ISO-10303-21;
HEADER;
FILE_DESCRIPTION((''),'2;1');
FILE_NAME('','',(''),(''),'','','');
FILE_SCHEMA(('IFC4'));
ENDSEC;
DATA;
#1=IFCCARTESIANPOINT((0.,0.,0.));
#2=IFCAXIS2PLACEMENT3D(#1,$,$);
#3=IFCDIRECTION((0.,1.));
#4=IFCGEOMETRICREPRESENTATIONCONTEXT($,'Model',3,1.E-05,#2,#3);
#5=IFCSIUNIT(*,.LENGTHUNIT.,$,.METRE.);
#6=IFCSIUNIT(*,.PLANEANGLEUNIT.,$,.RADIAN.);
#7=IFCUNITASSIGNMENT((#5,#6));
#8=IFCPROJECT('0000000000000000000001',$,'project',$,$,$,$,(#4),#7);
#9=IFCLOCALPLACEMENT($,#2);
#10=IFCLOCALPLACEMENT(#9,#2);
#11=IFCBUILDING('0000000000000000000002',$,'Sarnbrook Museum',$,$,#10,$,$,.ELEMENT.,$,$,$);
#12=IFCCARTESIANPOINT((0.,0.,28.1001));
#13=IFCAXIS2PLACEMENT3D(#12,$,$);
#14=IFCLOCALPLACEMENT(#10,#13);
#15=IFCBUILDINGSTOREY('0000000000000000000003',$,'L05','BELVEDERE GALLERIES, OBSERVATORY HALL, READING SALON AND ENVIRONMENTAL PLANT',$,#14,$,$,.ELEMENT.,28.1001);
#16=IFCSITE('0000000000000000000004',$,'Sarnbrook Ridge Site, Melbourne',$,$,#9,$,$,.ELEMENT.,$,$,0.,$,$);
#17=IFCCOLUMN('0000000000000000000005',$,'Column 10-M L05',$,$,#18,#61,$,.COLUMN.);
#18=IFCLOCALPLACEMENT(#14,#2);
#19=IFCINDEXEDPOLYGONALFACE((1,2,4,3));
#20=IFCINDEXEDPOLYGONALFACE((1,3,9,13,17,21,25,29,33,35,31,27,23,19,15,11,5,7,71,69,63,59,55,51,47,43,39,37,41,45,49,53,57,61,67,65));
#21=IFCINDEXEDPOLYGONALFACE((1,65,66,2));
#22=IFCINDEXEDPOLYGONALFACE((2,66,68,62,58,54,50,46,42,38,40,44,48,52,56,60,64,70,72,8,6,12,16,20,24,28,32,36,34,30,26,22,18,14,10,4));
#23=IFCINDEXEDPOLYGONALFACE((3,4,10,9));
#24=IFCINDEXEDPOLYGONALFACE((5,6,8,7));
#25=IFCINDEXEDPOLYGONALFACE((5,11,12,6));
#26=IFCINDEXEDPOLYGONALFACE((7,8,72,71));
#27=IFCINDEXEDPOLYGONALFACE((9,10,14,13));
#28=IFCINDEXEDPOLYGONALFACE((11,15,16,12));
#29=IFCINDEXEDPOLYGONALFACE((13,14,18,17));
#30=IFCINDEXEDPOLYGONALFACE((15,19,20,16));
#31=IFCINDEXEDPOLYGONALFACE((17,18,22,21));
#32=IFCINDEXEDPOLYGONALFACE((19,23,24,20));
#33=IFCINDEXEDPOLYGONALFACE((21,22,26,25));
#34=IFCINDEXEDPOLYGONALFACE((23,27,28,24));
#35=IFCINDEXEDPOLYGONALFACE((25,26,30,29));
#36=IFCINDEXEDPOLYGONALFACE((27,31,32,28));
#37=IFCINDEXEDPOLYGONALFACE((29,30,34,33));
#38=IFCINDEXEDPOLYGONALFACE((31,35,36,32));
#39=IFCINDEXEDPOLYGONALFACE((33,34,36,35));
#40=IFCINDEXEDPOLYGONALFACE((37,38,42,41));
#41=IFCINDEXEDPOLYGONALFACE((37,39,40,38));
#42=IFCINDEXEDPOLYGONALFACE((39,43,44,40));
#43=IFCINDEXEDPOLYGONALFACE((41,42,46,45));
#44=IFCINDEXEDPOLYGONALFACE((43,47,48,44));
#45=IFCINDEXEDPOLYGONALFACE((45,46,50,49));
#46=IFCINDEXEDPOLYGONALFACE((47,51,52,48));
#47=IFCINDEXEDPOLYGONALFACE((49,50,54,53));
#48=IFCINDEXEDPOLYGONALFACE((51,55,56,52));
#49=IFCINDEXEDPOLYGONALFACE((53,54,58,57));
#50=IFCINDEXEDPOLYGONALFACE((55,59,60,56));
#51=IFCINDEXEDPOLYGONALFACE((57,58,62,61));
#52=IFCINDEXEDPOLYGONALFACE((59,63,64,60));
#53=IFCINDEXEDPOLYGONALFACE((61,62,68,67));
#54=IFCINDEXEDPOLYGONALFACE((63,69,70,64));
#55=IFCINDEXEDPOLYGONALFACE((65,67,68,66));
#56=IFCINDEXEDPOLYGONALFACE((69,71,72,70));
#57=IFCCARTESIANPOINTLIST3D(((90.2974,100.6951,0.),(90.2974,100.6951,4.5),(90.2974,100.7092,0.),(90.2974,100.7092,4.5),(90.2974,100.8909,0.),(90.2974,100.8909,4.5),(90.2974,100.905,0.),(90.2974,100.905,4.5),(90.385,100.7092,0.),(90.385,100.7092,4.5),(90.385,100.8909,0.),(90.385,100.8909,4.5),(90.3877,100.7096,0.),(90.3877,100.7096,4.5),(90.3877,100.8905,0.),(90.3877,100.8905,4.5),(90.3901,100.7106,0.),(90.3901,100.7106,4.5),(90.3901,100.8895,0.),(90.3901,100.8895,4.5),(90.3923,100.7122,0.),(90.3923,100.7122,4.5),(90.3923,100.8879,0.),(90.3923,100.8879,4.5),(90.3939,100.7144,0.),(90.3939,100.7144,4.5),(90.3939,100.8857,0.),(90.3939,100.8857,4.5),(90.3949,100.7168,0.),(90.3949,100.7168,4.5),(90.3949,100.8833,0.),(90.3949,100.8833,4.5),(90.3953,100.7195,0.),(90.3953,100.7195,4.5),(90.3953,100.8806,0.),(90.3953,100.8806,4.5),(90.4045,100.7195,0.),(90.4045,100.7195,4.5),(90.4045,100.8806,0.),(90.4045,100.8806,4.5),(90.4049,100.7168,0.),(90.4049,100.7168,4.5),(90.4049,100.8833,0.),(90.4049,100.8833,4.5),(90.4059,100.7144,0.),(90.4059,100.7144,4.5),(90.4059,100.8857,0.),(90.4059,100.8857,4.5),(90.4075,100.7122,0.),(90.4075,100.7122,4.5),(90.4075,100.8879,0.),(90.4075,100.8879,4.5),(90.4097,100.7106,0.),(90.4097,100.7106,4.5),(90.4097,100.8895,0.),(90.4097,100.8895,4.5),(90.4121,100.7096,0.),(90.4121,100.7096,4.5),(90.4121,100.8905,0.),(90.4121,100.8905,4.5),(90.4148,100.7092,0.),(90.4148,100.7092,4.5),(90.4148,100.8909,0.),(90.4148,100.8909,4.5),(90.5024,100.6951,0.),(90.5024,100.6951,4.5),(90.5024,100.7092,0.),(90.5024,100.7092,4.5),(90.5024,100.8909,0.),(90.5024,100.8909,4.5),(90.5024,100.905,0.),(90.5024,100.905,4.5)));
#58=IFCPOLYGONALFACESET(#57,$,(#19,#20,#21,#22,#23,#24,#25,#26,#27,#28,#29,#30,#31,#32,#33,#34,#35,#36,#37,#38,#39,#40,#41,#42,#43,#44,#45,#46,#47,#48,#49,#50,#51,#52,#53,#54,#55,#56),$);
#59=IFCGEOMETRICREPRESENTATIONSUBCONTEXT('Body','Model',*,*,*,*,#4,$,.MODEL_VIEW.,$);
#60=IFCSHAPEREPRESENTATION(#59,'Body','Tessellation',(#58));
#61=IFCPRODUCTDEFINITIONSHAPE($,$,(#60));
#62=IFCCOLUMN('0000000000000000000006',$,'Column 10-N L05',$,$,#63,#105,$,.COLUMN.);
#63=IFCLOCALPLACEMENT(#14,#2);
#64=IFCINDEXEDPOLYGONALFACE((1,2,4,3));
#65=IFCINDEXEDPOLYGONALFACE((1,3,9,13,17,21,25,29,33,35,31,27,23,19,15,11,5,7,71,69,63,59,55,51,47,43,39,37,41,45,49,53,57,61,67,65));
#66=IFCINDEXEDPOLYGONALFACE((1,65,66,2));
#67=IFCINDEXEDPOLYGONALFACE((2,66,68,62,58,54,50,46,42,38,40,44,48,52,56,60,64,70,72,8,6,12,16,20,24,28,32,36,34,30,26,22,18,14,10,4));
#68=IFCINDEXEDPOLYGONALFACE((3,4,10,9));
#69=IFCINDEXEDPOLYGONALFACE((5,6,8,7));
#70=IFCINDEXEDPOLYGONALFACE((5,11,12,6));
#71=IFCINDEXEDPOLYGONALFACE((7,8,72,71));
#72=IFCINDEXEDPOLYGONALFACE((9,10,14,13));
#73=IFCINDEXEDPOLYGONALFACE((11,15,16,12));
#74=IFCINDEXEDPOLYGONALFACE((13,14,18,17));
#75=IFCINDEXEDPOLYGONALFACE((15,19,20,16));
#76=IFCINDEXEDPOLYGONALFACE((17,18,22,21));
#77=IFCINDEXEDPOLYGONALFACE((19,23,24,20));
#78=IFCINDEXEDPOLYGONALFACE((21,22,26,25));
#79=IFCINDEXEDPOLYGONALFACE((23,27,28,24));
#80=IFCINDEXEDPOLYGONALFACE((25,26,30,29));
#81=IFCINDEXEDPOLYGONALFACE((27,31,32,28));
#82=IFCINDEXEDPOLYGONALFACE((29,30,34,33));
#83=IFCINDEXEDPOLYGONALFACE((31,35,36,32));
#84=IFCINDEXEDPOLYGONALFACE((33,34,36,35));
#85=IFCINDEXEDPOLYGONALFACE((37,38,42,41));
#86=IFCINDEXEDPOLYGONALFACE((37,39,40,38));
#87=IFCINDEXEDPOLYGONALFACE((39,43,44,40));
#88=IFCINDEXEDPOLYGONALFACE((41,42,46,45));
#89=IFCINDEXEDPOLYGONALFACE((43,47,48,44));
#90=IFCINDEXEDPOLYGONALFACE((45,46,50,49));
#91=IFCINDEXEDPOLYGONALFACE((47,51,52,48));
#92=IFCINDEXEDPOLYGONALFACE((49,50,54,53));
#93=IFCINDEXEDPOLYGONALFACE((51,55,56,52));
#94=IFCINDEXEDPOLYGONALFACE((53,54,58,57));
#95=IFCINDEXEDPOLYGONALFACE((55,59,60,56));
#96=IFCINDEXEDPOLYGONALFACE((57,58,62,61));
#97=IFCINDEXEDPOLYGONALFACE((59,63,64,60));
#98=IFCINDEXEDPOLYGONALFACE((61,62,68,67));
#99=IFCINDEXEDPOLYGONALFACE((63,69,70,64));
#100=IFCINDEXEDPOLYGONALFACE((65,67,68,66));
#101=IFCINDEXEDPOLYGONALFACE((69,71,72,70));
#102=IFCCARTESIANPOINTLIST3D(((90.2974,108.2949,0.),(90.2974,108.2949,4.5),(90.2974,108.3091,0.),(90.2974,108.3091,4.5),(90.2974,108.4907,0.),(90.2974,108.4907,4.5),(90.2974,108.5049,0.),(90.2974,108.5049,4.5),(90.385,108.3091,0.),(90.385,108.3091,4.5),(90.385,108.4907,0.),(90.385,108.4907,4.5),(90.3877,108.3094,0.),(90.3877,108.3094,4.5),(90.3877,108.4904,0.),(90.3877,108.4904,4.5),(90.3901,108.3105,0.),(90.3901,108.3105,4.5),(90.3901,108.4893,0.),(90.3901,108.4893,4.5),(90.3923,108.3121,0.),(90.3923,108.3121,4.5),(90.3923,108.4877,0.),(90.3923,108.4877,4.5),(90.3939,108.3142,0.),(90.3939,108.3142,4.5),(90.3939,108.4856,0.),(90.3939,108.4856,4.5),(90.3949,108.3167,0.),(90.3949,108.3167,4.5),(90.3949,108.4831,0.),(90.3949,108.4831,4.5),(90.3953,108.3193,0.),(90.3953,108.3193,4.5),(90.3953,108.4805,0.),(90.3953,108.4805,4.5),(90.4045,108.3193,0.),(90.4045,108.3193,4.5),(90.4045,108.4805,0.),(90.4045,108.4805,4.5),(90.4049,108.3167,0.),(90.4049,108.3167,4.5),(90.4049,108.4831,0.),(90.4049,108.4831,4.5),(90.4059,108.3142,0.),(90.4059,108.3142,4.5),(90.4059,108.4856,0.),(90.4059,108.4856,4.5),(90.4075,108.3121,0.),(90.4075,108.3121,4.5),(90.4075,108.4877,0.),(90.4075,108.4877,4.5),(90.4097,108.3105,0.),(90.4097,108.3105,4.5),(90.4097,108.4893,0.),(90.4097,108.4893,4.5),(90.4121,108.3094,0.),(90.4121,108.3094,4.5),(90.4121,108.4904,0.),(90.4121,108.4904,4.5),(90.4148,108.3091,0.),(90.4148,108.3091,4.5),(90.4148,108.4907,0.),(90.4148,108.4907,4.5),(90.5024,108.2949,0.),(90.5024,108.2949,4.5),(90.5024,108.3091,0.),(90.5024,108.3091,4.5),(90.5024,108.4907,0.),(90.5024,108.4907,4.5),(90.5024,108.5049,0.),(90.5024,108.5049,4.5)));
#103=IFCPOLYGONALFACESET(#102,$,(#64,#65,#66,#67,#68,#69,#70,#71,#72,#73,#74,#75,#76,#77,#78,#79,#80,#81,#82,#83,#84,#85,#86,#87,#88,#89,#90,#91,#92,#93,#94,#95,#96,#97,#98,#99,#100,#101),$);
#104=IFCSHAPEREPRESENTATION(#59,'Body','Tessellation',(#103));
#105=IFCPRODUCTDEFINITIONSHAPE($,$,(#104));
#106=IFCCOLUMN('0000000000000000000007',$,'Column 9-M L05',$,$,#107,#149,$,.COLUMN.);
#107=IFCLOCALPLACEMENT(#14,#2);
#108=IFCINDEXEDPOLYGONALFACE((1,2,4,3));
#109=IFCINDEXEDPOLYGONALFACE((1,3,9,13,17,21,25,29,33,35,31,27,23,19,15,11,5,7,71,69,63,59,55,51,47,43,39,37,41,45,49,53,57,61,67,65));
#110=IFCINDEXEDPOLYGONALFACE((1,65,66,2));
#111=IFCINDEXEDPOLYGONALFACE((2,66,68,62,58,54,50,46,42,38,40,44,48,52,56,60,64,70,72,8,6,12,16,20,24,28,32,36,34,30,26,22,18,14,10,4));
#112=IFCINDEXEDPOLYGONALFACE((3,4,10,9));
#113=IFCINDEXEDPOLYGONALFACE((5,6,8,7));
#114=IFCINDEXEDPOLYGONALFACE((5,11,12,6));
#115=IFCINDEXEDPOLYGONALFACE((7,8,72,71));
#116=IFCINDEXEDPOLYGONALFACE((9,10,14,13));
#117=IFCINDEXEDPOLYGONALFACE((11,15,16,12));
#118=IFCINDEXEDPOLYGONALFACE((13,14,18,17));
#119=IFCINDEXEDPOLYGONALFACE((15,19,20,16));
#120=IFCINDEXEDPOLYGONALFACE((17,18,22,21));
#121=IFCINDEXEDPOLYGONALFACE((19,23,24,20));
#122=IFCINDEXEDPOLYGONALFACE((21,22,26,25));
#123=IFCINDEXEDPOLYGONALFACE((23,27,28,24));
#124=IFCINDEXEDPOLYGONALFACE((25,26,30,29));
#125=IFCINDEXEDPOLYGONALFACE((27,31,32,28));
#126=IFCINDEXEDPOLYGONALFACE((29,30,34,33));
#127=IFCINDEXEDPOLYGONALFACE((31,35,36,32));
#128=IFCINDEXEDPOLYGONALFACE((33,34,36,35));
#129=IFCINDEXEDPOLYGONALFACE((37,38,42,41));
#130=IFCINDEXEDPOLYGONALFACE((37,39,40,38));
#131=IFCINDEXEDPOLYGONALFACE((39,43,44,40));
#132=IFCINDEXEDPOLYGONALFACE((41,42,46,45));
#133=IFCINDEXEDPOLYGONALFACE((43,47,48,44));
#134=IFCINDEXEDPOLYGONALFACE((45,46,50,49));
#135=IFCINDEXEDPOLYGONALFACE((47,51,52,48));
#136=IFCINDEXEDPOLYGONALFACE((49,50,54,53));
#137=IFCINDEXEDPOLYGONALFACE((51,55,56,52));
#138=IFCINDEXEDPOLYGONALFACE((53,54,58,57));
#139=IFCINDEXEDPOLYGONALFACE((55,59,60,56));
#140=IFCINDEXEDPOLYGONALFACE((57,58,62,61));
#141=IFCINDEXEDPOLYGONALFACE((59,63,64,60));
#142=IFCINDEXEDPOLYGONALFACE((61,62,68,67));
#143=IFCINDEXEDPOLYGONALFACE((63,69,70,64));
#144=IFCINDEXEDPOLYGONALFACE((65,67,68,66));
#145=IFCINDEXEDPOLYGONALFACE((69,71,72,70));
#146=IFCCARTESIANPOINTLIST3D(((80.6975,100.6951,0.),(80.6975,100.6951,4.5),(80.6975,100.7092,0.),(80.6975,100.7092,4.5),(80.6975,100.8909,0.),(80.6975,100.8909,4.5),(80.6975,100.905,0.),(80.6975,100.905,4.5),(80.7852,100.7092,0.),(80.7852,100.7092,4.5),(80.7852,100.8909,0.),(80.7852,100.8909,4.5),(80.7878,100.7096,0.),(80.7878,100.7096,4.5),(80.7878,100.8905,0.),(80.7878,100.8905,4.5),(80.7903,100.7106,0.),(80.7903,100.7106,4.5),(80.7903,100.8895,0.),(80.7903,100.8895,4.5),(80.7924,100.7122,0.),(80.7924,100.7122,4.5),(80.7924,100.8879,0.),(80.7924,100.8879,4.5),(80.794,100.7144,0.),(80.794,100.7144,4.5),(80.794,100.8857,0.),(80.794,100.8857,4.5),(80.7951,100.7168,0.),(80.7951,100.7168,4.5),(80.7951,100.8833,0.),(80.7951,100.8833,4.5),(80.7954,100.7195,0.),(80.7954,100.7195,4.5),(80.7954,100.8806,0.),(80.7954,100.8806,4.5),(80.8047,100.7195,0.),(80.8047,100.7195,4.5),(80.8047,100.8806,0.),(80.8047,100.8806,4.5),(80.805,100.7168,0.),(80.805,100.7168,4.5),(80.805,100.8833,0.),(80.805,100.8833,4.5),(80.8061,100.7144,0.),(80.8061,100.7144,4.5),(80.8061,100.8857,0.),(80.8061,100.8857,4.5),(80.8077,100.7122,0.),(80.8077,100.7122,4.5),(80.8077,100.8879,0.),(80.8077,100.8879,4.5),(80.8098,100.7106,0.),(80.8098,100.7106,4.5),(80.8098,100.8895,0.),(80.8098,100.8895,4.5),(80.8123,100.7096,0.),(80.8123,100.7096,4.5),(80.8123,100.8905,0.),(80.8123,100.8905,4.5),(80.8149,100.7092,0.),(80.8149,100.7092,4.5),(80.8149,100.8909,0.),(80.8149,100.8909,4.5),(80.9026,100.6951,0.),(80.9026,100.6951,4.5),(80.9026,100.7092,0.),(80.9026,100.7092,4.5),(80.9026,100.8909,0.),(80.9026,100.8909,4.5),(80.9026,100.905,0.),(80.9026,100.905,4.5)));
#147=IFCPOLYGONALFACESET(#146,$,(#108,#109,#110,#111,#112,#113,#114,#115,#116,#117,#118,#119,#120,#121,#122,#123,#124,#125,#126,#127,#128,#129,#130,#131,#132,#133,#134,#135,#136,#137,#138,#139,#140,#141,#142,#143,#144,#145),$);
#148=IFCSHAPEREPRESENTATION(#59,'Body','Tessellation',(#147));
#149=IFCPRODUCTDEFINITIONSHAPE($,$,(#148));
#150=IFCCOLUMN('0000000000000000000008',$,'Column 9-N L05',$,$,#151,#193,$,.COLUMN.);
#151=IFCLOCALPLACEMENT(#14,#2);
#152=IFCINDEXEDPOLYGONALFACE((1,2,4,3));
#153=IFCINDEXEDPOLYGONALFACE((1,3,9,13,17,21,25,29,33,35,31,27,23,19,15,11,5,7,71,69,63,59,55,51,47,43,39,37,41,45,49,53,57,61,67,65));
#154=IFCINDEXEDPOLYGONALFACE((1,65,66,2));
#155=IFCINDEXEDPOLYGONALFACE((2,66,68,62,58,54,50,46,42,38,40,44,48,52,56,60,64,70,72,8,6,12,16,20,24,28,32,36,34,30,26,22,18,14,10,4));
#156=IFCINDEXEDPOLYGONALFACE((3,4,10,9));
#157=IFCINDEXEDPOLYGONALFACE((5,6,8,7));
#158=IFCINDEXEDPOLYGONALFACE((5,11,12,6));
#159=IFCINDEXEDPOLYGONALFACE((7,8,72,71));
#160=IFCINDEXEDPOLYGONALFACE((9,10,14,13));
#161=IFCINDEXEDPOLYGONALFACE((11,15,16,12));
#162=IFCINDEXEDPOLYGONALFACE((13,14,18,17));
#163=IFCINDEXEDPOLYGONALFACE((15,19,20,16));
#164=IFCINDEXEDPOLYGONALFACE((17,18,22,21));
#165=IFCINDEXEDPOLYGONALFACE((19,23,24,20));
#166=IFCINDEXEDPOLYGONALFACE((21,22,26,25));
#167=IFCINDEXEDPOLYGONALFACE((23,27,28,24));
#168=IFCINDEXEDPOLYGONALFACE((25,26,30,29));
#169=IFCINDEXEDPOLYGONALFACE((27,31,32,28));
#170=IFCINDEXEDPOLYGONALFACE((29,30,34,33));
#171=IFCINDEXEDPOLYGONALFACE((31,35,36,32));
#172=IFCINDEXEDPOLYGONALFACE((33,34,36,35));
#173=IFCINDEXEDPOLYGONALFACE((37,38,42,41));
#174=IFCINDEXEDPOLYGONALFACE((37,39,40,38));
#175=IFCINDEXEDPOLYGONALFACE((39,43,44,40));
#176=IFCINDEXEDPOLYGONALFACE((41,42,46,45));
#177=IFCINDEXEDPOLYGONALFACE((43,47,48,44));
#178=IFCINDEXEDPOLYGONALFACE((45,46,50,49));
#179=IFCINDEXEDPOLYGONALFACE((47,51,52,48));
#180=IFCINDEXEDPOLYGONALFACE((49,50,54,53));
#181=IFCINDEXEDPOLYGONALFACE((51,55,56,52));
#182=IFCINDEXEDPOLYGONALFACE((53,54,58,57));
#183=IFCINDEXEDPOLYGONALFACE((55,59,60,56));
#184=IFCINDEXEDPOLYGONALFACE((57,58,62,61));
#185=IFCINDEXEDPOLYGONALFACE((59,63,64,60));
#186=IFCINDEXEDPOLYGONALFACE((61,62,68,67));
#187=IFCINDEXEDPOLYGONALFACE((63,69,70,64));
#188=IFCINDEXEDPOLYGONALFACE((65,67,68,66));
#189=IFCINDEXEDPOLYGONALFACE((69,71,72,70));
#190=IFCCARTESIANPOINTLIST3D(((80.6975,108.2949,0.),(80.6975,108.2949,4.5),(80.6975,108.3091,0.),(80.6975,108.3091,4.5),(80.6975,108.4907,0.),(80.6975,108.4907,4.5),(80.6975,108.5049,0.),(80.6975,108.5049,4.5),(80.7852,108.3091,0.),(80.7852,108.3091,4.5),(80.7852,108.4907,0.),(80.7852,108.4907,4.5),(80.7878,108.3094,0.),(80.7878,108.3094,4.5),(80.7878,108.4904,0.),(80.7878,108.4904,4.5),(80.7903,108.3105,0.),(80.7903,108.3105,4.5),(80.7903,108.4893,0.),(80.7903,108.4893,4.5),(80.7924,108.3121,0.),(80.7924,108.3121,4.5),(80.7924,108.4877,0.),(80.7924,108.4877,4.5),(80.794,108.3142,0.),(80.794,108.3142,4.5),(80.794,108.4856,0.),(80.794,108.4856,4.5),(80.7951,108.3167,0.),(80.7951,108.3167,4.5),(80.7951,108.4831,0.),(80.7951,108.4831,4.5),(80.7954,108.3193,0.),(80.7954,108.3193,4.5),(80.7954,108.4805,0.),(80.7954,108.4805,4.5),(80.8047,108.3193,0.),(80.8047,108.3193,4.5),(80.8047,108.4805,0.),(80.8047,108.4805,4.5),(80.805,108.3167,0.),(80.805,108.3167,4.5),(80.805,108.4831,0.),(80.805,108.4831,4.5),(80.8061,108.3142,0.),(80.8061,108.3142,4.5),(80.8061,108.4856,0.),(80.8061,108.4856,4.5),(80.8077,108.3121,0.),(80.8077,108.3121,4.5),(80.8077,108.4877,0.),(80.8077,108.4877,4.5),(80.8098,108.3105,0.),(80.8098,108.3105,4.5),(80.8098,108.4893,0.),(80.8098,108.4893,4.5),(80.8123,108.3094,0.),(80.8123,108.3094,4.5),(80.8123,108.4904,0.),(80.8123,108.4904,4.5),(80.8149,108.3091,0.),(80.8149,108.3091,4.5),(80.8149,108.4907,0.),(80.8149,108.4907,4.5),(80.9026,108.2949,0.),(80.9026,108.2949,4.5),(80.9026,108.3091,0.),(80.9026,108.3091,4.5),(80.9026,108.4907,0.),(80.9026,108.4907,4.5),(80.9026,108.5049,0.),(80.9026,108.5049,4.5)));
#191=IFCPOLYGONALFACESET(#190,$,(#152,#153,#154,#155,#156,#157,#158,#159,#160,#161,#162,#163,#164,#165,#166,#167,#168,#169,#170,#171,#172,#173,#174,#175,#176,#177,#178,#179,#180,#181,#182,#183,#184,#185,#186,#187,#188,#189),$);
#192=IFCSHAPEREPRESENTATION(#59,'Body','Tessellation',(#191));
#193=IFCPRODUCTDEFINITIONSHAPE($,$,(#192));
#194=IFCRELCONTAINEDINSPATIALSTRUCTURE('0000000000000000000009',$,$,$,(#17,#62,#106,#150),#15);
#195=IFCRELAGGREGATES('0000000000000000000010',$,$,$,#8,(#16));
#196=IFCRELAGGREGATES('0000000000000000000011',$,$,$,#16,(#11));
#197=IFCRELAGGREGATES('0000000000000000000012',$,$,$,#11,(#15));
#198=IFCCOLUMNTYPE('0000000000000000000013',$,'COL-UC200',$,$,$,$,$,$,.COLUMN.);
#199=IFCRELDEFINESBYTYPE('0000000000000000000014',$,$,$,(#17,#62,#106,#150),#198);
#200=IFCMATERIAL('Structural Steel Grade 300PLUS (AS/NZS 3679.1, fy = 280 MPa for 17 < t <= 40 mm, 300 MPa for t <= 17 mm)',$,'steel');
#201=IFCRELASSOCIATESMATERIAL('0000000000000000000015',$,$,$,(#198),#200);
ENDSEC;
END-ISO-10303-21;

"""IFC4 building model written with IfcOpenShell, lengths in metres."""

from ifc_helpers import new_model, si_unit, direction, frame, origin, origin_2d, place, context, subcontext, project, spatial, i_section, extrude, material, material_profile, profile_set, type_object, element, save


model = new_model("IFC4")

# Units and contexts
model_context = context("Model", 3, precision=1e-05, world=origin(), true_north=direction((0.0, 1.0)))
body_context = subcontext(model_context, "Body", "Model", "MODEL_VIEW")
ifc_project = project(units=[si_unit("LENGTHUNIT", "METRE"), si_unit("PLANEANGLEUNIT", "RADIAN")], contexts=[model_context])

# Site, building, storey
site_placement = place(None, origin())
site = spatial("IfcSite", under=ifc_project, at=site_placement, Name="Sarnbrook Ridge Site, Melbourne", CompositionType="ELEMENT", RefElevation=0.0)
building_placement = place(site_placement, origin())
building = spatial("IfcBuilding", under=site, at=building_placement, Name="Sarnbrook Museum", CompositionType="ELEMENT")
storey_placement = place(building_placement, frame((0.0, 0.0, 28.1001)))
storey = spatial("IfcBuildingStorey", under=building, at=storey_placement, Name="L05", Description="BELVEDERE GALLERIES, OBSERVATORY HALL, READING SALON AND ENVIRONMENTAL PLANT", CompositionType="ELEMENT", Elevation=28.1001)

# Columns
ifc_material_1 = material(Name="Structural Steel Grade 300PLUS (AS/NZS 3679.1, fy = 280 MPa for 17 < t <= 40 mm, 300 MPa for t <= 17 mm)", Category="steel")
ifc_material_profile_1 = material_profile(ifc_material_1, i_section(OverallWidth=0.2051, OverallDepth=0.21, WebThickness=0.0093, FlangeThickness=0.0142, FilletRadius=0.0103, at=origin_2d()), Name="200UC59.5")
ifc_profile_set_1 = profile_set([ifc_material_profile_1], Name="Structural Steel Grade 300PLUS (AS/NZS 3679.1, fy = 280 MPa for 17 < t <= 40 mm, 300 MPa for t <= 17 mm)")
column_type = type_object("IfcColumnType", Name="COL-UC200", PredefinedType="COLUMN", material=ifc_profile_set_1)
for number, where, z_axis, x_axis, name in (
    (1, (90.3999, 100.8, 0.0), (0.0, 0.0, 1.0), (1.0, 0.0, 0.0), "Column 10-M L05"),
    (2, (90.3999, 108.3999, 0.0), (0.0, 0.0, 1.0), (1.0, 0.0, 0.0), "Column 10-N L05"),
    (3, (80.8, 100.8, 0.0), (0.0, 0.0, 1.0), (1.0, 0.0, 0.0), "Column 9-M L05"),
    (4, (80.8, 108.3999, 0.0), (0.0, 0.0, 1.0), (1.0, 0.0, 0.0), "Column 9-N L05"),
):
    element("IfcColumn", number, at=place(storey_placement, frame(where, z_axis=z_axis, x_axis=x_axis)), inside=storey, type_object=column_type, Name=name, PredefinedType="COLUMN", context=body_context, shape_type="SweptSolid", body=[
        extrude(i_section(OverallWidth=0.2051, OverallDepth=0.21, WebThickness=0.0093, FlangeThickness=0.0142, FilletRadius=0.0103, at=origin_2d()), origin(), (0.0, 0.0, 1.0), 4.5),
    ])

save(model, "model.ifc")
